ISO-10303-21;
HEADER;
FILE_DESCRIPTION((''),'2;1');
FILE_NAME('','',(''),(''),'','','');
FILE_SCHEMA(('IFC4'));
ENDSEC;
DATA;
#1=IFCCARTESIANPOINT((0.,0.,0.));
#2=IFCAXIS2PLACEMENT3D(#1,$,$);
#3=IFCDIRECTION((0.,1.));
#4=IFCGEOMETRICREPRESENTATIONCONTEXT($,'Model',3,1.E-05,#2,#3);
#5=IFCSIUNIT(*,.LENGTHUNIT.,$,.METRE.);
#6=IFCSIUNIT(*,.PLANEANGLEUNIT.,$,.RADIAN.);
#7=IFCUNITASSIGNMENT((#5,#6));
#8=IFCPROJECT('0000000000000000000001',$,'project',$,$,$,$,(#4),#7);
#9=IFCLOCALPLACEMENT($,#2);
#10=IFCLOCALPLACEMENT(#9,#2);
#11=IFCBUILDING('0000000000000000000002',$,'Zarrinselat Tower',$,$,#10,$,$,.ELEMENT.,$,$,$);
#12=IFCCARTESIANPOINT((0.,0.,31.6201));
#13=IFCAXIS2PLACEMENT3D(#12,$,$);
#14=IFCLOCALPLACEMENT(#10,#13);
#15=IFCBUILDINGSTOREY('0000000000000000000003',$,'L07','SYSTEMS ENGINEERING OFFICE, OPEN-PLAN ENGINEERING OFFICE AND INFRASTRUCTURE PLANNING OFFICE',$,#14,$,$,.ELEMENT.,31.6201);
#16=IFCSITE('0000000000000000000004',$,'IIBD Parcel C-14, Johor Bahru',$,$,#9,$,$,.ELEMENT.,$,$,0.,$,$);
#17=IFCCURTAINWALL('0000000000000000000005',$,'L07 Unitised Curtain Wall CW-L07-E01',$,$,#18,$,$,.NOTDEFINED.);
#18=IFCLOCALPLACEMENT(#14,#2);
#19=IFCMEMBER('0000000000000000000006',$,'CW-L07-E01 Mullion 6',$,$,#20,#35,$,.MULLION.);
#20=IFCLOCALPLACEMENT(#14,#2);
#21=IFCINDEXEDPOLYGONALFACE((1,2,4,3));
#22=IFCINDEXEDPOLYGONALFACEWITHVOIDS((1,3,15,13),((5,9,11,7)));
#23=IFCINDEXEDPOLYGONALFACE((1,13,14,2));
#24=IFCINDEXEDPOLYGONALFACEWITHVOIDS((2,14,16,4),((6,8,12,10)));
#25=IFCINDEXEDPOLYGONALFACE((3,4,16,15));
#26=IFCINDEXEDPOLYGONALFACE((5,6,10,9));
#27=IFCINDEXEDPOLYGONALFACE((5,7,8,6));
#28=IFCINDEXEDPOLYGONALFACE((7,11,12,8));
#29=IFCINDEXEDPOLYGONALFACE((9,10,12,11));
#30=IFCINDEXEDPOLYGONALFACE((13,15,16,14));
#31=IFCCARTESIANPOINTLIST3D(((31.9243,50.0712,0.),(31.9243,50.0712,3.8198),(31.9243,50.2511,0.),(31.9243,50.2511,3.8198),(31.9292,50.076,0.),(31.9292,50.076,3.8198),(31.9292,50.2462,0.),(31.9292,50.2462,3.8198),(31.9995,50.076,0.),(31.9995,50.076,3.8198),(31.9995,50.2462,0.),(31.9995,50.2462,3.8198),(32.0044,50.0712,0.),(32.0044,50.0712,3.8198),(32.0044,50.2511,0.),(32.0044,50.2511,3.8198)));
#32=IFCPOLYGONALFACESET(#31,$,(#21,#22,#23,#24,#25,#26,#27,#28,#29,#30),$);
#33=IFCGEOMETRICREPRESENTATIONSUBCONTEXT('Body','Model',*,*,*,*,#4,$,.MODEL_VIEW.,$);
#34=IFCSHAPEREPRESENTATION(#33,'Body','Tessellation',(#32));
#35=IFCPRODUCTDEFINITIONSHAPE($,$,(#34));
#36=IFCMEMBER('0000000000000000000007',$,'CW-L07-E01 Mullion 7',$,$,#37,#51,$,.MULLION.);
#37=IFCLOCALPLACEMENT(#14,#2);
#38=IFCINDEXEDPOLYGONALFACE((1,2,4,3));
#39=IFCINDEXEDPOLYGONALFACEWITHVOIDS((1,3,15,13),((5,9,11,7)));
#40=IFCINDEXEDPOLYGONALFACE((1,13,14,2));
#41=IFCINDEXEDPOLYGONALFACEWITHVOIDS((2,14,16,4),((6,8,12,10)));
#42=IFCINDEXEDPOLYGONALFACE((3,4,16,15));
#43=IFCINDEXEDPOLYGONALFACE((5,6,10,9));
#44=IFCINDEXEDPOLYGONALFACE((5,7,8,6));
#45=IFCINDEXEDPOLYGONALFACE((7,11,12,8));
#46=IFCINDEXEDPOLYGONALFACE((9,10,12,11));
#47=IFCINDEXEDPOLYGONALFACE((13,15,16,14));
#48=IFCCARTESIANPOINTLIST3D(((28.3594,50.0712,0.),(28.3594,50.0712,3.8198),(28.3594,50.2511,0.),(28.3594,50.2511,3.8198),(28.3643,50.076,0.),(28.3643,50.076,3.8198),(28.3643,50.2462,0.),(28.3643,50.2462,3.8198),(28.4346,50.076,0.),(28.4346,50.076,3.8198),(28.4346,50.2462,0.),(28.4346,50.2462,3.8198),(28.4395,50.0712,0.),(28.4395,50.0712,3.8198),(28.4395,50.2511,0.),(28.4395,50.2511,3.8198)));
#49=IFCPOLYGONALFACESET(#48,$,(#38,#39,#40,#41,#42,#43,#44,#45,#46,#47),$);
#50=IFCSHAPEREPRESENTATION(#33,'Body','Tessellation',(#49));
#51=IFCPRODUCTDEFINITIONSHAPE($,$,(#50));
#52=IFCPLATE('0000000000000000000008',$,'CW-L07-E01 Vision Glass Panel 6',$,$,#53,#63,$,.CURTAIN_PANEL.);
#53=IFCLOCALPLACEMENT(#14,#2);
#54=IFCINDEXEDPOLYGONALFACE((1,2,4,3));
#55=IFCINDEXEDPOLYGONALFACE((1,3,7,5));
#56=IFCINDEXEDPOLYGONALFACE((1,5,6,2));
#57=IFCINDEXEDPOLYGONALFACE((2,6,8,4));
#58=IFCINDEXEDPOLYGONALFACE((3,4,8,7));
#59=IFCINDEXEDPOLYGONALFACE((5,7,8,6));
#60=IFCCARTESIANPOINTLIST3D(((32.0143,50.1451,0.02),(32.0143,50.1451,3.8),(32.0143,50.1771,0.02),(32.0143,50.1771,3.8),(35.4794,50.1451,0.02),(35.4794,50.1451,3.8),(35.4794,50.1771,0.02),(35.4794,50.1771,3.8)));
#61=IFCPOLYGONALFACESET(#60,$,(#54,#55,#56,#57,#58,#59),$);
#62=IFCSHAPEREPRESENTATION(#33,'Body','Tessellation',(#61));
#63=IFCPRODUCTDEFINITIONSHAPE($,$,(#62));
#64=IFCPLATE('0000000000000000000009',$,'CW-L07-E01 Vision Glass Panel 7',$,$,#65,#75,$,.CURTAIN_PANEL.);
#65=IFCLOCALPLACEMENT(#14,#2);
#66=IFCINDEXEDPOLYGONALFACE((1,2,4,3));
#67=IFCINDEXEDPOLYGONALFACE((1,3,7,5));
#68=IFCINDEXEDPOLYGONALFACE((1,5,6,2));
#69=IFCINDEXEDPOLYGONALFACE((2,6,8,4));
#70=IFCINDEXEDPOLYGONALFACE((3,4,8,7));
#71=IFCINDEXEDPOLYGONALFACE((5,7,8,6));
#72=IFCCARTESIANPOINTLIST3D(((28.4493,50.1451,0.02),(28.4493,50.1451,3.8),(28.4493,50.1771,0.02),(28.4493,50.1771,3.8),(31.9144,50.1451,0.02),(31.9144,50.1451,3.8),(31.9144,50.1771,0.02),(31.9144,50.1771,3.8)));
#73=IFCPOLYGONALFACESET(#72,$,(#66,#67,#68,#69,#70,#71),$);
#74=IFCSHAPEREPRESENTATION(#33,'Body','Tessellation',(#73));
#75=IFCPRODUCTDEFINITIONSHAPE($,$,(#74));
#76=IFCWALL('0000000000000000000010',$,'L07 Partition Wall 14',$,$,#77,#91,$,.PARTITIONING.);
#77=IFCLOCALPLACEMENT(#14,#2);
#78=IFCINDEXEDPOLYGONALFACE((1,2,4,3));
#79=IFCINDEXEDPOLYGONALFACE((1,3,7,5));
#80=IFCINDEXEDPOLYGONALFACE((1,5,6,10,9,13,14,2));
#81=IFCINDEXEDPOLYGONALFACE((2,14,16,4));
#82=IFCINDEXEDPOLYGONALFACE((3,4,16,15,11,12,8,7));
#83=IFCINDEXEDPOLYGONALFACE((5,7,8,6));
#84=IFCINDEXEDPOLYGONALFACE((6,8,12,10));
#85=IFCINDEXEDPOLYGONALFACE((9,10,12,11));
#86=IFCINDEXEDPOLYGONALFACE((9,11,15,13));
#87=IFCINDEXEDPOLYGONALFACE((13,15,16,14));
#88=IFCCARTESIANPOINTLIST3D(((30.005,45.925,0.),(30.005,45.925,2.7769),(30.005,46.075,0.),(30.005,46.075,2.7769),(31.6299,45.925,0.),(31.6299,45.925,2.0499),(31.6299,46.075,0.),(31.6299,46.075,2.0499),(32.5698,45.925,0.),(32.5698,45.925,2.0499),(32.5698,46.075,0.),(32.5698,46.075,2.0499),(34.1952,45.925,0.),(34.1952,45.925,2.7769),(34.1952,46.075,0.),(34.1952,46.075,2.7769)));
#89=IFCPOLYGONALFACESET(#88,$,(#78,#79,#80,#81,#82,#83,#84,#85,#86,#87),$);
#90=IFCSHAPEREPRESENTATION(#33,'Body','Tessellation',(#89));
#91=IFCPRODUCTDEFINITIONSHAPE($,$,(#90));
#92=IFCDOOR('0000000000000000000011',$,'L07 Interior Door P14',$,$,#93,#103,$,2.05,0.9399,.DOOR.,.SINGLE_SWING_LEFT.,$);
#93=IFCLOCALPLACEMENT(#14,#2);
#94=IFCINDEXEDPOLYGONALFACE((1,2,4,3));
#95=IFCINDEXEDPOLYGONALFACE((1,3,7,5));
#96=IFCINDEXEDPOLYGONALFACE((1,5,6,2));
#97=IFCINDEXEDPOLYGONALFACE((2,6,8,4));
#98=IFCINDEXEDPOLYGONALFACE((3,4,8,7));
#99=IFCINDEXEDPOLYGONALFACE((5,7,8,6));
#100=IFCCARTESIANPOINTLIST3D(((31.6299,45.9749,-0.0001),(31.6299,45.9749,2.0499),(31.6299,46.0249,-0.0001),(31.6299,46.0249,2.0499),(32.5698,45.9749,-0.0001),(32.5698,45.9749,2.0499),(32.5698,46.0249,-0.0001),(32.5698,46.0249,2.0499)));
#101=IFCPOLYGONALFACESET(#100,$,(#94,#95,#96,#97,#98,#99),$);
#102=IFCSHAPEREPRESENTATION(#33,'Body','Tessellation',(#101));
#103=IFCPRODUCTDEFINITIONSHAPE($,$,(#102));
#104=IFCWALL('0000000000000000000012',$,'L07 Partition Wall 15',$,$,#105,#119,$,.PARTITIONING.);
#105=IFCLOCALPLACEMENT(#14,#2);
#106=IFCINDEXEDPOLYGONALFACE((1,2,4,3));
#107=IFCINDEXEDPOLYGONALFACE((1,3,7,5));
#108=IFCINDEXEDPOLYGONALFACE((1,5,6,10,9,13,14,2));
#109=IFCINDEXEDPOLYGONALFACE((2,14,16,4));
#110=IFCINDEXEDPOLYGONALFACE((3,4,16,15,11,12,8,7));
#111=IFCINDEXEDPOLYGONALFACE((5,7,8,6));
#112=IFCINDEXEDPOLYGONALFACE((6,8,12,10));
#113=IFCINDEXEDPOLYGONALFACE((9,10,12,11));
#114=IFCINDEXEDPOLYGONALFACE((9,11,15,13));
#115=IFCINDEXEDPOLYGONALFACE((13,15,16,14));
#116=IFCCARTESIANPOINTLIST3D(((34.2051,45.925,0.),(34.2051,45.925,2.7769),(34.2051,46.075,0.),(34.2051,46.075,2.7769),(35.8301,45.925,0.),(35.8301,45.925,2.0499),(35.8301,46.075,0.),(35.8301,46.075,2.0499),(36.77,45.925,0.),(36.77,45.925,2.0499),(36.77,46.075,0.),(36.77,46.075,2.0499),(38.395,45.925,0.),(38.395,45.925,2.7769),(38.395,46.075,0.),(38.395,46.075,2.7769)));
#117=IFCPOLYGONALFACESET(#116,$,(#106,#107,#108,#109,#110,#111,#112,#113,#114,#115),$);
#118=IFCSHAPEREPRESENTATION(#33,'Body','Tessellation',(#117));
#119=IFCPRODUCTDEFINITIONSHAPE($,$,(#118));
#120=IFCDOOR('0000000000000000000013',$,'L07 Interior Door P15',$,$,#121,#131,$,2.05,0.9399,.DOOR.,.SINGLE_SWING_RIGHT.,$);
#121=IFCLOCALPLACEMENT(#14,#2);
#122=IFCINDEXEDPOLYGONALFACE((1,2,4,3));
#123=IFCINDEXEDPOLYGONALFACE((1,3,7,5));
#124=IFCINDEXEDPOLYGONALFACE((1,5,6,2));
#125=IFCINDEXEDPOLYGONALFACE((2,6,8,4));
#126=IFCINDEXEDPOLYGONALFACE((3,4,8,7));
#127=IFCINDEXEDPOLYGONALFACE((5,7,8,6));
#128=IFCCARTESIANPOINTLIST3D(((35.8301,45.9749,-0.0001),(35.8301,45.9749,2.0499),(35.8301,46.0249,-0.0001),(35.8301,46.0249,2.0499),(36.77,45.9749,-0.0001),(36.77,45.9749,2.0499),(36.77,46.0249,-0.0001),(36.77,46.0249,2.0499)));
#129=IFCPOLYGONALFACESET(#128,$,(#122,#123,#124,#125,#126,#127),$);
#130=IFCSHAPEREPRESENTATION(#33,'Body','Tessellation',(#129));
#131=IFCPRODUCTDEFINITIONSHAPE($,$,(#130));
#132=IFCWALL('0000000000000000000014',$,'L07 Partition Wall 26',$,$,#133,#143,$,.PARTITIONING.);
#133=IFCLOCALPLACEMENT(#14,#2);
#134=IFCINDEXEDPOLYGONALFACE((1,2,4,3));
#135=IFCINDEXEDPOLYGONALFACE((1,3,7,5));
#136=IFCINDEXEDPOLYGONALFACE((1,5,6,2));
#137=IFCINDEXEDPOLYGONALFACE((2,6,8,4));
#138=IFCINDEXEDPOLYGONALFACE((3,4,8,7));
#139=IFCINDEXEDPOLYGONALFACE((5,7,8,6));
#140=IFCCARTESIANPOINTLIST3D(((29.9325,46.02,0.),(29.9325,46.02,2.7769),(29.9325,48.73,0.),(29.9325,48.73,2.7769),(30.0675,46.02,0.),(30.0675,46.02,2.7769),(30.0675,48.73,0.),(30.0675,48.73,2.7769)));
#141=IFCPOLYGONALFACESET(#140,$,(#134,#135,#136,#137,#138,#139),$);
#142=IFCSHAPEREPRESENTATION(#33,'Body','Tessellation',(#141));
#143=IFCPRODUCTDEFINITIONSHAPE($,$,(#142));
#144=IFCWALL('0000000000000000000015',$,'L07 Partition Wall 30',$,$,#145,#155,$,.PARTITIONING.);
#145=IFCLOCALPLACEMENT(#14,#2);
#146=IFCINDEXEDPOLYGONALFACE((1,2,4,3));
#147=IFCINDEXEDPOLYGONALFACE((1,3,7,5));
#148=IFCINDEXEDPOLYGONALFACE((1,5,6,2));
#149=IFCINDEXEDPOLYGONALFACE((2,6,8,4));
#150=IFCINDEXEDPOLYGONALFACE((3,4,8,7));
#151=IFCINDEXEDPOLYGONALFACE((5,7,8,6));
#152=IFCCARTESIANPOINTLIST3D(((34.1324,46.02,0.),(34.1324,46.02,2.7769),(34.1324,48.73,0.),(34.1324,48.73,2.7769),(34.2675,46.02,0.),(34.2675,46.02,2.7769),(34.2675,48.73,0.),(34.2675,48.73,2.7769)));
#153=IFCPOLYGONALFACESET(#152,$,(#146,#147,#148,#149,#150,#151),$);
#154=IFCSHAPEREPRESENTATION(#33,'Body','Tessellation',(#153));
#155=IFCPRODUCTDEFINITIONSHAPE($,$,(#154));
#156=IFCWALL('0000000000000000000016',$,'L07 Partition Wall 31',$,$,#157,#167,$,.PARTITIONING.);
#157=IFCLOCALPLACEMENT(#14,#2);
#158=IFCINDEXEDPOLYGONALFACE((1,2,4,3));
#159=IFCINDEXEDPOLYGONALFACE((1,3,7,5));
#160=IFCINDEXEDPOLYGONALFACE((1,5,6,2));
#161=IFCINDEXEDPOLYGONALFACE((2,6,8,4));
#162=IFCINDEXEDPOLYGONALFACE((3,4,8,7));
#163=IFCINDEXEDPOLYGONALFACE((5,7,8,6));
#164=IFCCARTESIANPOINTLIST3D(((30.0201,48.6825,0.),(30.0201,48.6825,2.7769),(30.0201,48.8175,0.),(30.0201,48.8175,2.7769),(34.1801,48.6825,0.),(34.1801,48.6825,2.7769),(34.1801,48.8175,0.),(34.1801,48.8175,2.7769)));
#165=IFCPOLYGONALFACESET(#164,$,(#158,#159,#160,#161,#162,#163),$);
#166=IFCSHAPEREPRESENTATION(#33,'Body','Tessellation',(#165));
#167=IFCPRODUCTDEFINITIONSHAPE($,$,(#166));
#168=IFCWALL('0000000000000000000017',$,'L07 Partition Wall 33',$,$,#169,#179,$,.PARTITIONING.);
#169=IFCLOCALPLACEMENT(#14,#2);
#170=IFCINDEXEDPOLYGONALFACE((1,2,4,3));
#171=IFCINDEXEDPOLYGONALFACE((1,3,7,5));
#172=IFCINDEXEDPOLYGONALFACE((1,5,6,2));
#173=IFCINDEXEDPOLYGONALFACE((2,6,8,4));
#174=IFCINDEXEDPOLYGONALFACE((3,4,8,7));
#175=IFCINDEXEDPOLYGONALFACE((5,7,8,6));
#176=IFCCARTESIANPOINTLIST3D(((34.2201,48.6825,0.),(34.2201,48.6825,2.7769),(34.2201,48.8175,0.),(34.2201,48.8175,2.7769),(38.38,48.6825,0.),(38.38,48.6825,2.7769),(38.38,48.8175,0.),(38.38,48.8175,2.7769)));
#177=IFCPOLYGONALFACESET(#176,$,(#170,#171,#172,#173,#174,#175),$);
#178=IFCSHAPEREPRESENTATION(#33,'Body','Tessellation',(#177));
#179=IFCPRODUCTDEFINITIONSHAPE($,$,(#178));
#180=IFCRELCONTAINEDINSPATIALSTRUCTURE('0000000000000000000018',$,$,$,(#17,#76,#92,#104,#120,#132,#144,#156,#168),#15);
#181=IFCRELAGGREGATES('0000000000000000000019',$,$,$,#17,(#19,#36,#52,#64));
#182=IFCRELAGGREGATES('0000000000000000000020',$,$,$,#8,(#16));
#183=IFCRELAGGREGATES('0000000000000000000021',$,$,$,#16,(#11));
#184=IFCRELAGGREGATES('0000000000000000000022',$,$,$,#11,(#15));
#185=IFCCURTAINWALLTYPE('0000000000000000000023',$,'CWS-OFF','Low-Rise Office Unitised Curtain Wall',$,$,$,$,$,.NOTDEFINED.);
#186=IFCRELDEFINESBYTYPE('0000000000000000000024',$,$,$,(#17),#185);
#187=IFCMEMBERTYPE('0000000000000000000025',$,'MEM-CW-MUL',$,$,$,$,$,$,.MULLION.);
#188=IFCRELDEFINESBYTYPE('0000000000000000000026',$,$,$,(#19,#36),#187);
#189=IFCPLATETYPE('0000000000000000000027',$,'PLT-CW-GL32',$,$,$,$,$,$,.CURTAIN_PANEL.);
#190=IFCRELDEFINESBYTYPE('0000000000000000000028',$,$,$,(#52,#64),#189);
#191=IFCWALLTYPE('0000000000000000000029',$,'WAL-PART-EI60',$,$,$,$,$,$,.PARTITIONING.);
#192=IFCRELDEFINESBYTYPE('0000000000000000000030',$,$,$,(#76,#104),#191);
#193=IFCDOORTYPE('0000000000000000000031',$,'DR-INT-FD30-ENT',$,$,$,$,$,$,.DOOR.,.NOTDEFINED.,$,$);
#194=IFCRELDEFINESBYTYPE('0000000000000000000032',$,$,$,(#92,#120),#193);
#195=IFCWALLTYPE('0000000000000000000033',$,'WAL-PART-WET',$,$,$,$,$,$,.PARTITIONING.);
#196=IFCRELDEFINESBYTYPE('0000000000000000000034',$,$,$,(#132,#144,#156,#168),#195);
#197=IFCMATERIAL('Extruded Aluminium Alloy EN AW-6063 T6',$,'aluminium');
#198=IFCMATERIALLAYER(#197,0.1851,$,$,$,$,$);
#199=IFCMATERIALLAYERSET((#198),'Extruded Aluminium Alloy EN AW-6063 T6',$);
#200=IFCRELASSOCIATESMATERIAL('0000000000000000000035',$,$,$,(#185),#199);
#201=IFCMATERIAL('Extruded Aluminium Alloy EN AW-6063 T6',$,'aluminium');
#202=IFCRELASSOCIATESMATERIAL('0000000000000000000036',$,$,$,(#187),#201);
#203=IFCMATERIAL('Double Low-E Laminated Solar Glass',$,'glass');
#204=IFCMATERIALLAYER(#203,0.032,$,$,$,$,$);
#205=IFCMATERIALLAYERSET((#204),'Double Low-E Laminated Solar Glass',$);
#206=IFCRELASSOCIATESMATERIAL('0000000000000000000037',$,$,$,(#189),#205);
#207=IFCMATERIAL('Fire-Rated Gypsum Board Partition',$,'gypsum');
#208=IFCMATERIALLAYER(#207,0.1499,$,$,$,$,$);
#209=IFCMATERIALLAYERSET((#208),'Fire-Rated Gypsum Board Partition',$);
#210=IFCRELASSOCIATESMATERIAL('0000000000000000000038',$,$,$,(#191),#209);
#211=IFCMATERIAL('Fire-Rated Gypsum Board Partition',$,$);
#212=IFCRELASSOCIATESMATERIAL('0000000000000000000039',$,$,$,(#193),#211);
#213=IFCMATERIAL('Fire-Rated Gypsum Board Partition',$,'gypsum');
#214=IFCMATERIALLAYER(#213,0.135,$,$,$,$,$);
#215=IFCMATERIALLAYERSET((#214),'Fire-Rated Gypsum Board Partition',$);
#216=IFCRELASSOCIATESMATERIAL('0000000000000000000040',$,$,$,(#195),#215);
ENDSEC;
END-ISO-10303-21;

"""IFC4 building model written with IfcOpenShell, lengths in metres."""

from ifc_helpers import new_model, si_unit, direction, frame, frame_2d, origin, origin_2d, place, context, subcontext, project, spatial, rectangle, hollow_rectangle, extrude, material, layer, layer_set, material_profile, profile_set, type_object, element, fill, aggregate, save


model = new_model("IFC4")

# Units and contexts
model_context = context("Model", 3, precision=1e-05, world=origin(), true_north=direction((0.0, 1.0)))
body_context = subcontext(model_context, "Body", "Model", "MODEL_VIEW")
ifc_project = project(units=[si_unit("LENGTHUNIT", "METRE"), si_unit("PLANEANGLEUNIT", "RADIAN")], contexts=[model_context])

# Site, building, storey
site_placement = place(None, origin())
site = spatial("IfcSite", under=ifc_project, at=site_placement, Name="IIBD Parcel C-14, Johor Bahru", CompositionType="ELEMENT", RefElevation=0.0)
building_placement = place(site_placement, origin())
building = spatial("IfcBuilding", under=site, at=building_placement, Name="Zarrinselat Tower", CompositionType="ELEMENT")
storey_placement = place(building_placement, frame((0.0, 0.0, 31.6201)))
storey = spatial("IfcBuildingStorey", under=building, at=storey_placement, Name="L07", Description="SYSTEMS ENGINEERING OFFICE, OPEN-PLAN ENGINEERING OFFICE AND INFRASTRUCTURE PLANNING OFFICE", CompositionType="ELEMENT", Elevation=31.6201)

# Curtain wall, members, plates
ifc_material_1 = material(Name="Extruded Aluminium Alloy EN AW-6063 T6", Category="aluminium")
ifc_layer_1 = layer(ifc_material_1, 0.1851)
ifc_layer_set_1 = layer_set([ifc_layer_1], Name="Extruded Aluminium Alloy EN AW-6063 T6")
curtain_wall_type = type_object("IfcCurtainWallType", Name="CWS-OFF", Description="Low-Rise Office Unitised Curtain Wall", PredefinedType="NOTDEFINED", material=ifc_layer_set_1)
curtain_wall_placement = place(storey_placement, origin())
curtain_wall = element("IfcCurtainWall", 1, at=curtain_wall_placement, inside=storey, type_object=curtain_wall_type, Name="L07 Unitised Curtain Wall CW-L07-E01", PredefinedType="NOTDEFINED")
ifc_material_2 = material(Name="Extruded Aluminium Alloy EN AW-6063 T6", Category="aluminium")
ifc_material_profile_1 = material_profile(ifc_material_2, hollow_rectangle(XDim=0.0801, YDim=0.1799, WallThickness=0.0049, at=origin_2d()), Name="RHS 180x80x5")
ifc_profile_set_1 = profile_set([ifc_material_profile_1], Name="Extruded Aluminium Alloy EN AW-6063 T6")
member_type = type_object("IfcMemberType", Name="MEM-CW-MUL", PredefinedType="MULLION", material=ifc_profile_set_1)
member_1_placement = place(storey_placement, frame((31.9644, 50.1611, 0.0), z_axis=(0.0, 0.0, 1.0), x_axis=(-1.0, 0.0, 0.0)))
member_1 = element("IfcMember", 2, at=member_1_placement, type_object=member_type, Name="CW-L07-E01 Mullion 6", PredefinedType="MULLION", context=body_context, shape_type="SweptSolid", body=[
    extrude(hollow_rectangle(XDim=0.0801, YDim=0.1799, WallThickness=0.0049, at=origin_2d()), origin(), (0.0, 0.0, 1.0), 3.8198),
])
member_2_placement = place(storey_placement, frame((28.3994, 50.1611, 0.0), z_axis=(0.0, 0.0, 1.0), x_axis=(-1.0, 0.0, 0.0)))
member_2 = element("IfcMember", 3, at=member_2_placement, type_object=member_type, Name="CW-L07-E01 Mullion 7", PredefinedType="MULLION", context=body_context, shape_type="SweptSolid", body=[
    extrude(hollow_rectangle(XDim=0.0801, YDim=0.1799, WallThickness=0.0049, at=origin_2d()), origin(), (0.0, 0.0, 1.0), 3.8198),
])
ifc_material_3 = material(Name="Double Low-E Laminated Solar Glass", Category="glass")
ifc_layer_2 = layer(ifc_material_3, 0.032)
ifc_layer_set_2 = layer_set([ifc_layer_2], Name="Double Low-E Laminated Solar Glass")
plate_type = type_object("IfcPlateType", Name="PLT-CW-GL32", PredefinedType="CURTAIN_PANEL", material=ifc_layer_set_2)
plate_1_placement = place(storey_placement, frame((33.7468, 50.1611, 0.02), z_axis=(0.0, 0.0, 1.0), x_axis=(-1.0, 0.0, 0.0)))
plate_1 = element("IfcPlate", 4, at=plate_1_placement, type_object=plate_type, Name="CW-L07-E01 Vision Glass Panel 6", PredefinedType="CURTAIN_PANEL", context=body_context, shape_type="SweptSolid", body=[
    extrude(rectangle(XDim=3.4651, YDim=0.032, at=origin_2d()), origin(), (0.0, 0.0, 1.0), 3.78),
])
plate_2_placement = place(storey_placement, frame((30.1819, 50.1611, 0.02), z_axis=(0.0, 0.0, 1.0), x_axis=(-1.0, 0.0, 0.0)))
plate_2 = element("IfcPlate", 5, at=plate_2_placement, type_object=plate_type, Name="CW-L07-E01 Vision Glass Panel 7", PredefinedType="CURTAIN_PANEL", context=body_context, shape_type="SweptSolid", body=[
    extrude(rectangle(XDim=3.4651, YDim=0.032, at=origin_2d()), origin(), (0.0, 0.0, 1.0), 3.78),
])
aggregate(curtain_wall, [member_1, member_2, plate_1, plate_2])

# Walls, openings, doors
ifc_material_4 = material(Name="Fire-Rated Gypsum Board Partition", Category="gypsum")
ifc_layer_3 = layer(ifc_material_4, 0.1499)
ifc_layer_set_3 = layer_set([ifc_layer_3], Name="Fire-Rated Gypsum Board Partition")
wall_type_1 = type_object("IfcWallType", Name="WAL-PART-EI60", PredefinedType="PARTITIONING", material=ifc_layer_set_3)
wall_1_placement = place(storey_placement, frame((30.0049, 46.0, 0.0), z_axis=(0.0, 0.0, 1.0), x_axis=(1.0, 0.0, 0.0)))
wall_1 = element("IfcWall", 6, at=wall_1_placement, inside=storey, type_object=wall_type_1, Name="L07 Partition Wall 14", PredefinedType="PARTITIONING", context=body_context, shape_type="SweptSolid", body=[
    extrude(rectangle(XDim=4.1902, YDim=0.1499, at=frame_2d((2.0952, 0.0))), origin(), (0.0, 0.0, 1.0), 2.7769),
])
opening_1_placement = place(wall_1_placement, frame((1.625, 0.0, 0.0)))
opening_1 = element("IfcOpeningElement", 7, at=opening_1_placement, cuts=wall_1, PredefinedType="OPENING", context=body_context, shape_type="SweptSolid", body=[
    extrude(rectangle(XDim=0.9399, YDim=2.05, at=frame_2d((0.47, 1.0249))), frame((0.0, 0.085, 0.0), z_axis=(0.0, -1.0, 0.0), x_axis=(1.0, 0.0, 0.0)), (0.0, 0.0, 1.0), 0.1699),
])
ifc_material_5 = material(Name="Fire-Rated Gypsum Board Partition")
door_type = type_object("IfcDoorType", Name="DR-INT-FD30-ENT", OperationType="NOTDEFINED", PredefinedType="DOOR", material=ifc_material_5)
door_1_placement = place(opening_1_placement, origin())
door_1 = element("IfcDoor", 8, at=door_1_placement, inside=storey, type_object=door_type, Name="L07 Interior Door P14", OperationType="SINGLE_SWING_LEFT", OverallHeight=2.05, OverallWidth=0.9399, PredefinedType="DOOR", context=body_context, shape_type="SweptSolid", body=[
    extrude(rectangle(XDim=0.9399, YDim=2.05, at=frame_2d((0.47, 1.0249))), frame((0.0, 0.0249, 0.0), z_axis=(0.0, -1.0, 0.0), x_axis=(1.0, 0.0, 0.0)), (0.0, 0.0, 1.0), 0.05),
])
fill(opening_1, door_1)
wall_2_placement = place(storey_placement, frame((34.2051, 46.0, 0.0), z_axis=(0.0, 0.0, 1.0), x_axis=(1.0, 0.0, 0.0)))
wall_2 = element("IfcWall", 9, at=wall_2_placement, inside=storey, type_object=wall_type_1, Name="L07 Partition Wall 15", PredefinedType="PARTITIONING", context=body_context, shape_type="SweptSolid", body=[
    extrude(rectangle(XDim=4.1899, YDim=0.1499, at=frame_2d((2.095, 0.0))), origin(), (0.0, 0.0, 1.0), 2.7769),
])
opening_2_placement = place(wall_2_placement, frame((1.625, 0.0, 0.0)))
opening_2 = element("IfcOpeningElement", 10, at=opening_2_placement, cuts=wall_2, PredefinedType="OPENING", context=body_context, shape_type="SweptSolid", body=[
    extrude(rectangle(XDim=0.9399, YDim=2.05, at=frame_2d((0.47, 1.0249))), frame((0.0, 0.085, 0.0), z_axis=(0.0, -1.0, 0.0), x_axis=(1.0, 0.0, 0.0)), (0.0, 0.0, 1.0), 0.1699),
])
door_2_placement = place(opening_2_placement, origin())
door_2 = element("IfcDoor", 11, at=door_2_placement, inside=storey, type_object=door_type, Name="L07 Interior Door P15", OperationType="SINGLE_SWING_RIGHT", OverallHeight=2.05, OverallWidth=0.9399, PredefinedType="DOOR", context=body_context, shape_type="SweptSolid", body=[
    extrude(rectangle(XDim=0.9399, YDim=2.05, at=frame_2d((0.47, 1.0249))), frame((0.0, 0.0249, 0.0), z_axis=(0.0, -1.0, 0.0), x_axis=(1.0, 0.0, 0.0)), (0.0, 0.0, 1.0), 0.05),
])
fill(opening_2, door_2)

# Walls
ifc_material_6 = material(Name="Fire-Rated Gypsum Board Partition", Category="gypsum")
ifc_layer_4 = layer(ifc_material_6, 0.135)
ifc_layer_set_4 = layer_set([ifc_layer_4], Name="Fire-Rated Gypsum Board Partition")
wall_type_2 = type_object("IfcWallType", Name="WAL-PART-WET", PredefinedType="PARTITIONING", material=ifc_layer_set_4)
for number, where, z_axis, x_axis, name in (
    (12, (30.0, 46.02, 0.0), (0.0, 0.0, 1.0), (0.0, 1.0, 0.0), "L07 Partition Wall 26"),
    (13, (34.2, 46.02, 0.0), (0.0, 0.0, 1.0), (0.0, 1.0, 0.0), "L07 Partition Wall 30"),
):
    element("IfcWall", number, at=place(storey_placement, frame(where, z_axis=z_axis, x_axis=x_axis)), inside=storey, type_object=wall_type_2, Name=name, PredefinedType="PARTITIONING", context=body_context, shape_type="SweptSolid", body=[
        extrude(rectangle(XDim=2.71, YDim=0.135, at=frame_2d((1.355, 0.0))), origin(), (0.0, 0.0, 1.0), 2.7769),
    ])
for number, where, z_axis, x_axis, name in (
    (14, (30.02, 48.75, 0.0), (0.0, 0.0, 1.0), (1.0, 0.0, 0.0), "L07 Partition Wall 31"),
    (15, (34.22, 48.75, 0.0), (0.0, 0.0, 1.0), (1.0, 0.0, 0.0), "L07 Partition Wall 33"),
):
    element("IfcWall", number, at=place(storey_placement, frame(where, z_axis=z_axis, x_axis=x_axis)), inside=storey, type_object=wall_type_2, Name=name, PredefinedType="PARTITIONING", context=body_context, shape_type="SweptSolid", body=[
        extrude(rectangle(XDim=4.1599, YDim=0.135, at=frame_2d((2.0801, 0.0))), origin(), (0.0, 0.0, 1.0), 2.7769),
    ])

save(model, "model.ifc")
